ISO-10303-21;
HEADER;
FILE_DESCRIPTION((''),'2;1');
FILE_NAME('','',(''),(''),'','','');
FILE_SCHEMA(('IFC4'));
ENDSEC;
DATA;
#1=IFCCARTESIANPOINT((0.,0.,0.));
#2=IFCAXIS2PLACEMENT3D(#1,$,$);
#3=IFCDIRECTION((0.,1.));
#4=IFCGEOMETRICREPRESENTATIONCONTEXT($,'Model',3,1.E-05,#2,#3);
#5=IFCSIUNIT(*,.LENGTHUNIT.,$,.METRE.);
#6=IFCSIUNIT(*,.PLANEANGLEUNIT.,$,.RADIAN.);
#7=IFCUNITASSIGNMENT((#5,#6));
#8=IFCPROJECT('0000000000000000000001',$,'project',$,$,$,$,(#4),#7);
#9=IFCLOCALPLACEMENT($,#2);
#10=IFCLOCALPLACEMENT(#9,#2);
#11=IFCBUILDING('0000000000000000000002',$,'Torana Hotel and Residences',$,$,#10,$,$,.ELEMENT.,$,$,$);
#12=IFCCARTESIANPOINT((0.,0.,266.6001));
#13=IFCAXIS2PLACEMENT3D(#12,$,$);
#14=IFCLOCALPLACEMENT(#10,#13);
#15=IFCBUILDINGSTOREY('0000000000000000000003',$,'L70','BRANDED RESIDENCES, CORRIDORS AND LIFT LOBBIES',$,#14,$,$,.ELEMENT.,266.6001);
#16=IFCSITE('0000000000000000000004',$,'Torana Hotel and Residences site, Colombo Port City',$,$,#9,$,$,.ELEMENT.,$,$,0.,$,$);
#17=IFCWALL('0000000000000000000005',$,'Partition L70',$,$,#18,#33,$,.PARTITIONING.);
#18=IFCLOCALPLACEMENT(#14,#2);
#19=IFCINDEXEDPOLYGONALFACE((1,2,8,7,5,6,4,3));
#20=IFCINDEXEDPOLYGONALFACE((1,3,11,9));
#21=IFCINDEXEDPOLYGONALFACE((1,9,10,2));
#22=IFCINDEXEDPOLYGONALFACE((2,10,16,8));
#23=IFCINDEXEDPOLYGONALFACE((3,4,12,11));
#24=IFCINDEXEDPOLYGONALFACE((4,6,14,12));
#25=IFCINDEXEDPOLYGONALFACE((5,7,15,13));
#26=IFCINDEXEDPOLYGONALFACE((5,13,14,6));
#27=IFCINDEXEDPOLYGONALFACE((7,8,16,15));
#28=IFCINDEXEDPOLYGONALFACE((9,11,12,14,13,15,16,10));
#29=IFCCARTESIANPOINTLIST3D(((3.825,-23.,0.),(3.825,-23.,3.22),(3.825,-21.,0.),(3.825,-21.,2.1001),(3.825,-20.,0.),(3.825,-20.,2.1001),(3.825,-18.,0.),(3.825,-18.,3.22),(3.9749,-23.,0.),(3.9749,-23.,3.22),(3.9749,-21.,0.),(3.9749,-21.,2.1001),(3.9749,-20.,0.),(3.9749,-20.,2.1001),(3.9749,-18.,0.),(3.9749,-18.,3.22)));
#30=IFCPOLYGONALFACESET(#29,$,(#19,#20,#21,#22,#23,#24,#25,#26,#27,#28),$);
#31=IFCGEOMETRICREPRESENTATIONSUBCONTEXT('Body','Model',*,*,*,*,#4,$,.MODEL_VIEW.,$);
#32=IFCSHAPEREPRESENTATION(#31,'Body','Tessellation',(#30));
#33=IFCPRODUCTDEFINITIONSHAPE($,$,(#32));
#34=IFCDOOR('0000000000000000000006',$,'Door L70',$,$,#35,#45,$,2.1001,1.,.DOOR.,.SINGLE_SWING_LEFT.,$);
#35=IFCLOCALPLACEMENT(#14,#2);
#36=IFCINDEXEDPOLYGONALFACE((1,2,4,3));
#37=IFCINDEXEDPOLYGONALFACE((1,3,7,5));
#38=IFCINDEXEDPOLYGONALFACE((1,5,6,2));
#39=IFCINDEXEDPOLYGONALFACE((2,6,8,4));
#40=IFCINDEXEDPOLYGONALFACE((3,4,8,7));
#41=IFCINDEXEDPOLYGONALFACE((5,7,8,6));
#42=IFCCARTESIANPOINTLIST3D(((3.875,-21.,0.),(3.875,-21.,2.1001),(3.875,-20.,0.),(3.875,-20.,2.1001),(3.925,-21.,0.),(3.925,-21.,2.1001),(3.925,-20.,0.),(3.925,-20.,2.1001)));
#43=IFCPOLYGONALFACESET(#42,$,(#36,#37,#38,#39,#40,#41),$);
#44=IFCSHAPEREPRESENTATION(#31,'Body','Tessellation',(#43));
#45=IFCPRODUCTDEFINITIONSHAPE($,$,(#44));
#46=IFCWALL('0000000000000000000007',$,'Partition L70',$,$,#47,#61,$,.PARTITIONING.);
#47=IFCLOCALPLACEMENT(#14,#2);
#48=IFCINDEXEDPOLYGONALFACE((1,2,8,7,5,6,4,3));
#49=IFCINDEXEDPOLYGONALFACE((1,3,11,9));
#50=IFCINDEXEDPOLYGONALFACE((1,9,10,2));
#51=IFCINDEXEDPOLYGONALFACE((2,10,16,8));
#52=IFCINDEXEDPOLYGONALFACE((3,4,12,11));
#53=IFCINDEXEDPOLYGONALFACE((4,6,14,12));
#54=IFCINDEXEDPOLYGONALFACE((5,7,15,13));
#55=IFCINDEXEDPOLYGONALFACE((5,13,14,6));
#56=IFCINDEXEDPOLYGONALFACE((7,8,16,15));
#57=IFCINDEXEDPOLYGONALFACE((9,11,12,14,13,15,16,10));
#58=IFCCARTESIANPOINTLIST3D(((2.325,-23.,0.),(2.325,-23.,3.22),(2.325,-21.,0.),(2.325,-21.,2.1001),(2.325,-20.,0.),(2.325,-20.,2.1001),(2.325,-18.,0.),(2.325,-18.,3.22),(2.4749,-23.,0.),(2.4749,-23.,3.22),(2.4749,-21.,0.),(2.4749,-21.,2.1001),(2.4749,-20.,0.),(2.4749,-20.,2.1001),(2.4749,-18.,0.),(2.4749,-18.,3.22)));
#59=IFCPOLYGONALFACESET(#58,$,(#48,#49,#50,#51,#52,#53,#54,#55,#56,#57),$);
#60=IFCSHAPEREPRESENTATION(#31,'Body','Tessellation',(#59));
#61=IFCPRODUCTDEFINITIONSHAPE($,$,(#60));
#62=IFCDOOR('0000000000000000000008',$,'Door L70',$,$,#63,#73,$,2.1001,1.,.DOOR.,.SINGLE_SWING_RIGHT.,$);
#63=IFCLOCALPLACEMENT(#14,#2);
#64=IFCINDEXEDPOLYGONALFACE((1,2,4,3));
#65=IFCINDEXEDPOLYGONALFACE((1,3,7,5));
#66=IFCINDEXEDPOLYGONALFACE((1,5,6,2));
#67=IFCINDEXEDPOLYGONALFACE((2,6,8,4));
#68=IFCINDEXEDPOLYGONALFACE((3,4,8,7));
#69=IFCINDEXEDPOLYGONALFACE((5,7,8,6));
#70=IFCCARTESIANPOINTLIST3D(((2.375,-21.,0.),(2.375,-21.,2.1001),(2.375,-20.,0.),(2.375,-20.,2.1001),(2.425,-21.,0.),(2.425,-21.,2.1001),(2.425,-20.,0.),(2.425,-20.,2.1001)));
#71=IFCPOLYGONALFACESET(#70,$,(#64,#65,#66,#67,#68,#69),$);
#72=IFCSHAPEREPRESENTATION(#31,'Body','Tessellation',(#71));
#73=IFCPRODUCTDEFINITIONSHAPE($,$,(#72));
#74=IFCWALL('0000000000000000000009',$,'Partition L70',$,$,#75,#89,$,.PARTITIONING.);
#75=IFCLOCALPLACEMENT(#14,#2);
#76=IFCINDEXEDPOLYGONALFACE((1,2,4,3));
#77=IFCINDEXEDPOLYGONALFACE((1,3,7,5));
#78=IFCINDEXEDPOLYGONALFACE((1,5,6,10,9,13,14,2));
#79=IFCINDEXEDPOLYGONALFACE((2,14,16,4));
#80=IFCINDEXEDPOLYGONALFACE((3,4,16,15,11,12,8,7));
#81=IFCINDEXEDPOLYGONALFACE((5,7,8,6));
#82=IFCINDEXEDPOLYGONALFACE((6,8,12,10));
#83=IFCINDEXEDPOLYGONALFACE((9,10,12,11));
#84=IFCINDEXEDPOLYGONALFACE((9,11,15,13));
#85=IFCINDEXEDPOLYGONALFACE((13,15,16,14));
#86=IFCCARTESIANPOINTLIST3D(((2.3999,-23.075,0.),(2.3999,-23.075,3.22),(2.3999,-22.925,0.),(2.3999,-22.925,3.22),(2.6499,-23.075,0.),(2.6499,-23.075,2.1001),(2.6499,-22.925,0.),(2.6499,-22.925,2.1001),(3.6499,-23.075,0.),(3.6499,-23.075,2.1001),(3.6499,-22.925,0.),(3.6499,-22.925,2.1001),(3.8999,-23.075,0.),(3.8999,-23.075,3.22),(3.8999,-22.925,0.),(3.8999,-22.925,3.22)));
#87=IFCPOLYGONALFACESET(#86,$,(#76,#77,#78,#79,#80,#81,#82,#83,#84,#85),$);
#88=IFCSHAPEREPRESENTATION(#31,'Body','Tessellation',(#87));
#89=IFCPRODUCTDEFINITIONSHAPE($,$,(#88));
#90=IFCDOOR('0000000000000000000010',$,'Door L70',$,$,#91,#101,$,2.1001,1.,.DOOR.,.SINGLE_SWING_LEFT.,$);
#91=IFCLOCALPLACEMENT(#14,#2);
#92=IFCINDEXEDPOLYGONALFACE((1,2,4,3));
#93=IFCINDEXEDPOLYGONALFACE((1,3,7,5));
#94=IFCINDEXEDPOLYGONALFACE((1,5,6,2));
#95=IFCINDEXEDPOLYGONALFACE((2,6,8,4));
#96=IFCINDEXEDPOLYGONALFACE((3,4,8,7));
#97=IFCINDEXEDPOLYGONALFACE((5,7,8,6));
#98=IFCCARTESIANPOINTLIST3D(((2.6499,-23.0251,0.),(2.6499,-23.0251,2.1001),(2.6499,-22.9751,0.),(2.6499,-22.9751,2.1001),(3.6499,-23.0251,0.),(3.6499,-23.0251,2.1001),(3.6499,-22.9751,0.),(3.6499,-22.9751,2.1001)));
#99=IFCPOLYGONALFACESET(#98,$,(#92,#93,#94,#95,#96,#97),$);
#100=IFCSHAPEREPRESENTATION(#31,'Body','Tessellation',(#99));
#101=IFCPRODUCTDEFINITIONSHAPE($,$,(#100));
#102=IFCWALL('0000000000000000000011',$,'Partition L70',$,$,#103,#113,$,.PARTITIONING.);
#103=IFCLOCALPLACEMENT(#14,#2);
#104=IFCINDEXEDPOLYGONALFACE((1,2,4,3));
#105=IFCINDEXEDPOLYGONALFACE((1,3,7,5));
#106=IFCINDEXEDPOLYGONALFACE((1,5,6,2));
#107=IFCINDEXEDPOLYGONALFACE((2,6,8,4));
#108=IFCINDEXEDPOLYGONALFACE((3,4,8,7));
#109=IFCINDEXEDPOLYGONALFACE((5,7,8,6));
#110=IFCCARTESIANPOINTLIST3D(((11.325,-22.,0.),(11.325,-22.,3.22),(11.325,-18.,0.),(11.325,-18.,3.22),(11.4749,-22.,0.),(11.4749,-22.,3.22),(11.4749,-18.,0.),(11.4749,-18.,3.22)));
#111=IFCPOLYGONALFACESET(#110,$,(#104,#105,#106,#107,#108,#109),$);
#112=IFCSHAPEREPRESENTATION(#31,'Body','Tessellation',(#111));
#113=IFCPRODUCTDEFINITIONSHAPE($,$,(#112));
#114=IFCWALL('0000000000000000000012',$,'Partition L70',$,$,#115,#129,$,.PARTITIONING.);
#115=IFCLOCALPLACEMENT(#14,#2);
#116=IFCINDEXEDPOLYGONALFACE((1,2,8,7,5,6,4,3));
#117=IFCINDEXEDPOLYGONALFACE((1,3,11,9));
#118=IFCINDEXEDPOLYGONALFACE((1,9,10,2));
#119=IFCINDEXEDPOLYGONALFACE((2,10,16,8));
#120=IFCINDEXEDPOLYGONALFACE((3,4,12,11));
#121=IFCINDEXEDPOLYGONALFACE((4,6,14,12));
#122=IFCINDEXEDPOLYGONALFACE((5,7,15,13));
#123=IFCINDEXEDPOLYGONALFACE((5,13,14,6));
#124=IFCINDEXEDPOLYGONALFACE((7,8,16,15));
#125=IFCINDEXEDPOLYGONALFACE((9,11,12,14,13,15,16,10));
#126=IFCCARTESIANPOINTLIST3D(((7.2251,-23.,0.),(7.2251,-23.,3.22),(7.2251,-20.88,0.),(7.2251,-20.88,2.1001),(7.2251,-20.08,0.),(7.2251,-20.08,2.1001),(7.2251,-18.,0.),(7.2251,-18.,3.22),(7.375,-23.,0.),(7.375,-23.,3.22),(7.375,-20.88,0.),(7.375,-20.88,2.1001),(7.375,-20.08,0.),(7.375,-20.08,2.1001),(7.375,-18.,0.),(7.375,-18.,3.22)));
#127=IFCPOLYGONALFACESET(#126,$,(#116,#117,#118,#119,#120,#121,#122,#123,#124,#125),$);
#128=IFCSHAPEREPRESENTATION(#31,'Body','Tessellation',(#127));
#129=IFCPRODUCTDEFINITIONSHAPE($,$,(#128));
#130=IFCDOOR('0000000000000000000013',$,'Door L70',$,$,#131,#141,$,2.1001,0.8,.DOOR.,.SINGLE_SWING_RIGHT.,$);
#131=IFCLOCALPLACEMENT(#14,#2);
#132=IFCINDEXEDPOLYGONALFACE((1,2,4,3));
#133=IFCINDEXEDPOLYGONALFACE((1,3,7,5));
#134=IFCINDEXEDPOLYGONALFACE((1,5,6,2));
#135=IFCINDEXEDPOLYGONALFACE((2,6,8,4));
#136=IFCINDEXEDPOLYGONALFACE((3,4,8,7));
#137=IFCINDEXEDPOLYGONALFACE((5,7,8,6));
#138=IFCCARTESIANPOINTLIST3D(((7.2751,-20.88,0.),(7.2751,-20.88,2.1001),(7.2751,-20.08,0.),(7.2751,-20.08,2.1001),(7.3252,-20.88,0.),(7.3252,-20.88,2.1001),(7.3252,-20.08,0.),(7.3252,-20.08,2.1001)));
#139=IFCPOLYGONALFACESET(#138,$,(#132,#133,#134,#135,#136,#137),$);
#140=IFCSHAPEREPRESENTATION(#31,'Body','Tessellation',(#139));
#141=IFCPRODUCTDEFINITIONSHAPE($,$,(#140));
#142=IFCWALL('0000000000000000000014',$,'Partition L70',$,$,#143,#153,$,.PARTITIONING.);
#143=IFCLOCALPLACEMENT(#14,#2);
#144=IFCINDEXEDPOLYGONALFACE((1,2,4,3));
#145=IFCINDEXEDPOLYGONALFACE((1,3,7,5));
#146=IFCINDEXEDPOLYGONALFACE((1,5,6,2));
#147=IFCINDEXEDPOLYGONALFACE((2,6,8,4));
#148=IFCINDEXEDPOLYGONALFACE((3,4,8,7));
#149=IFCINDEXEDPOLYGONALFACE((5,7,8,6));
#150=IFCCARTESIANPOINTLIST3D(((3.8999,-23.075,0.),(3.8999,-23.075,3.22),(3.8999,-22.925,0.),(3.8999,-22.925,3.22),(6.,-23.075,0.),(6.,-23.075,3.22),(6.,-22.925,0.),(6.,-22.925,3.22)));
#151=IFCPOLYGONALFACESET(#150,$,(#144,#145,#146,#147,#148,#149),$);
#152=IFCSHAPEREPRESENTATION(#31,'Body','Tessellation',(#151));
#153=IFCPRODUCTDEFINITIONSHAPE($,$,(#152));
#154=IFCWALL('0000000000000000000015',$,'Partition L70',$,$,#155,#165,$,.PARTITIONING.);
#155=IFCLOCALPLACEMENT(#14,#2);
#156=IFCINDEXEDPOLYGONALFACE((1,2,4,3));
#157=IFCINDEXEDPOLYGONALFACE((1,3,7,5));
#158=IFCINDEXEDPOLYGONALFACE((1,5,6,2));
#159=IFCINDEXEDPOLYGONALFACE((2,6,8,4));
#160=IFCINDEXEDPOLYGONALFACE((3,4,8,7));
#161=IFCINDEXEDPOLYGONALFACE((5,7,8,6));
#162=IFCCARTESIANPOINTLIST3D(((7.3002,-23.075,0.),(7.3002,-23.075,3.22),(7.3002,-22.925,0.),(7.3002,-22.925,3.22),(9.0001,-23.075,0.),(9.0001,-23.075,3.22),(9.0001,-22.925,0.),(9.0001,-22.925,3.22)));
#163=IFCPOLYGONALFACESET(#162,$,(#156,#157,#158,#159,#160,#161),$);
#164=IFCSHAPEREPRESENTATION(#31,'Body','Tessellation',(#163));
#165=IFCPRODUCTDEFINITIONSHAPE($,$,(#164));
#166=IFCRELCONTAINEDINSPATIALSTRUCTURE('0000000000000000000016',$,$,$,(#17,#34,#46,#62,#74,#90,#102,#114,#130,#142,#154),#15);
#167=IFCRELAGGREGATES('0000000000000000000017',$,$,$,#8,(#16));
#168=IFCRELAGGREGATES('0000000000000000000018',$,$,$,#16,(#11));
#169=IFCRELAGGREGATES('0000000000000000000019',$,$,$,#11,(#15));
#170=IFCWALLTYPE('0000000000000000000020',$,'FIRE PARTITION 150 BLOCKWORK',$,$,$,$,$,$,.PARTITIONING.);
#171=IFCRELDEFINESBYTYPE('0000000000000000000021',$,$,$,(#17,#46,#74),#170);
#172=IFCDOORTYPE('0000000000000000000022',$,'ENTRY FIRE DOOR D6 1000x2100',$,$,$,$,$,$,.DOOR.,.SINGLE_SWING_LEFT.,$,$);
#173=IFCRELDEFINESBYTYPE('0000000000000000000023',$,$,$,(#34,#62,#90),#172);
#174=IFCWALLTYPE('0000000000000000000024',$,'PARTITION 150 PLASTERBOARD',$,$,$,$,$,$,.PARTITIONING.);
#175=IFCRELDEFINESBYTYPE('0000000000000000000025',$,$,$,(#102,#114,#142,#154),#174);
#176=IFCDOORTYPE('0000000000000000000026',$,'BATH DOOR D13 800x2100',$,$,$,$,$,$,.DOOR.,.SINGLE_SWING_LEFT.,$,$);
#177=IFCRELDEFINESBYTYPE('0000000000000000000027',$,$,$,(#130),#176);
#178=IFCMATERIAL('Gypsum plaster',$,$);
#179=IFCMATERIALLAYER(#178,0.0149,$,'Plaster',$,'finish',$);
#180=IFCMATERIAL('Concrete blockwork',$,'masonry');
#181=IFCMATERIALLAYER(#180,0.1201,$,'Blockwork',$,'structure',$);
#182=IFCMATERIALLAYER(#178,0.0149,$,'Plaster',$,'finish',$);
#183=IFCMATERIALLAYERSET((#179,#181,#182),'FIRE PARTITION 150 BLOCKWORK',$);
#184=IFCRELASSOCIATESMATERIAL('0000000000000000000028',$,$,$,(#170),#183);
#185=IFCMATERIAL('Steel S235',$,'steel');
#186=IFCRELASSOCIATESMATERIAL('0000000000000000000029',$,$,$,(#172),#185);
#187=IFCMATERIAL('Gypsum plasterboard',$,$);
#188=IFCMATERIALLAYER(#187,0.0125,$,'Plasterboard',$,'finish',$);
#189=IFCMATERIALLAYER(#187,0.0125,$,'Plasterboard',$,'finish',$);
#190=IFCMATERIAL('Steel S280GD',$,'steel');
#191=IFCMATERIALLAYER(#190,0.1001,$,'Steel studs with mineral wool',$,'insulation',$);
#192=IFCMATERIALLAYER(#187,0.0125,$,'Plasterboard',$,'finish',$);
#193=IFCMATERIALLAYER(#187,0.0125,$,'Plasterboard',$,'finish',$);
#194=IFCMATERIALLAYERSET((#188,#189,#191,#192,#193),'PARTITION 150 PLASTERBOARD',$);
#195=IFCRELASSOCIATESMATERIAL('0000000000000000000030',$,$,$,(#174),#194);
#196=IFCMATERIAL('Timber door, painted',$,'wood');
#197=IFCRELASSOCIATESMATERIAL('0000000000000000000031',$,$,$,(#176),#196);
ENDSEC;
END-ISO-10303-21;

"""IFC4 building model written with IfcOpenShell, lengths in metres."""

from ifc_helpers import new_model, si_unit, direction, frame, frame_2d, origin, place, context, subcontext, project, spatial, rectangle, extrude, material, layer, layer_set, type_object, element, fill, save


model = new_model("IFC4")

# Units and contexts
model_context = context("Model", 3, precision=1e-05, world=origin(), true_north=direction((0.0, 1.0)))
body_context = subcontext(model_context, "Body", "Model", "MODEL_VIEW")
ifc_project = project(units=[si_unit("LENGTHUNIT", "METRE"), si_unit("PLANEANGLEUNIT", "RADIAN")], contexts=[model_context])

# Site, building, storey
site_placement = place(None, origin())
site = spatial("IfcSite", under=ifc_project, at=site_placement, Name="Torana Hotel and Residences site, Colombo Port City", CompositionType="ELEMENT", RefElevation=0.0)
building_placement = place(site_placement, origin())
building = spatial("IfcBuilding", under=site, at=building_placement, Name="Torana Hotel and Residences", CompositionType="ELEMENT")
storey_placement = place(building_placement, frame((0.0, 0.0, 266.6001)))
storey = spatial("IfcBuildingStorey", under=building, at=storey_placement, Name="L70", Description="BRANDED RESIDENCES, CORRIDORS AND LIFT LOBBIES", CompositionType="ELEMENT", Elevation=266.6001)

# Walls, openings, doors
ifc_material_1 = material(Name="Gypsum plaster")
ifc_layer_1 = layer(ifc_material_1, 0.0149, Name="Plaster", Category="finish")
ifc_material_2 = material(Name="Concrete blockwork", Category="masonry")
ifc_layer_2 = layer(ifc_material_2, 0.1201, Name="Blockwork", Category="structure")
ifc_layer_3 = layer(ifc_material_1, 0.0149, Name="Plaster", Category="finish")
ifc_layer_set_1 = layer_set([ifc_layer_1, ifc_layer_2, ifc_layer_3], Name="FIRE PARTITION 150 BLOCKWORK")
wall_type_1 = type_object("IfcWallType", Name="FIRE PARTITION 150 BLOCKWORK", PredefinedType="PARTITIONING", material=ifc_layer_set_1)
ifc_material_3 = material(Name="Steel S235", Category="steel")
door_type_1 = type_object("IfcDoorType", Name="ENTRY FIRE DOOR D6 1000x2100", OperationType="SINGLE_SWING_LEFT", PredefinedType="DOOR", material=ifc_material_3)
wall_1_placement = place(storey_placement, frame((3.8999, -23.0, 0.0), z_axis=(0.0, 0.0, 1.0), x_axis=(0.0, 1.0, 0.0)))
wall_1 = element("IfcWall", 1, at=wall_1_placement, inside=storey, type_object=wall_type_1, Name="Partition L70", PredefinedType="PARTITIONING", context=body_context, shape_type="SweptSolid", body=[
    extrude(rectangle(XDim=5.0, YDim=0.1499, at=frame_2d((2.5, 0.0))), origin(), (0.0, 0.0, 1.0), 3.22),
])
opening_1_placement = place(wall_1_placement, frame((2.0, 0.0, 0.0)))
opening_1 = element("IfcOpeningElement", 2, at=opening_1_placement, cuts=wall_1, PredefinedType="OPENING", context=body_context, shape_type="SweptSolid", body=[
    extrude(rectangle(XDim=1.0, YDim=2.1001, at=frame_2d((0.5, 1.05))), frame((0.0, 0.085, 0.0), z_axis=(0.0, -1.0, 0.0), x_axis=(1.0, 0.0, 0.0)), (0.0, 0.0, 1.0), 0.1699),
])
door_1_placement = place(opening_1_placement, frame((0.5, 0.0, 0.0), z_axis=(0.0, 0.0, 1.0), x_axis=(-1.0, 0.0, 0.0)))
door_1 = element("IfcDoor", 3, at=door_1_placement, inside=storey, type_object=door_type_1, Name="Door L70", OperationType="SINGLE_SWING_LEFT", OverallHeight=2.1001, OverallWidth=1.0, PredefinedType="DOOR", context=body_context, shape_type="SweptSolid", body=[
    extrude(rectangle(XDim=1.0, YDim=2.1001, at=frame_2d((0.0, 1.05))), frame((0.0, -0.0249, 0.0), z_axis=(0.0, 1.0, 0.0), x_axis=(-1.0, 0.0, 0.0)), (0.0, 0.0, 1.0), 0.05),
])
fill(opening_1, door_1)
wall_2_placement = place(storey_placement, frame((2.3999, -23.0, 0.0), z_axis=(0.0, 0.0, 1.0), x_axis=(0.0, 1.0, 0.0)))
wall_2 = element("IfcWall", 4, at=wall_2_placement, inside=storey, type_object=wall_type_1, Name="Partition L70", PredefinedType="PARTITIONING", context=body_context, shape_type="SweptSolid", body=[
    extrude(rectangle(XDim=5.0, YDim=0.1499, at=frame_2d((2.5, 0.0))), origin(), (0.0, 0.0, 1.0), 3.22),
])
opening_2_placement = place(wall_2_placement, frame((2.0, 0.0, 0.0)))
opening_2 = element("IfcOpeningElement", 5, at=opening_2_placement, cuts=wall_2, PredefinedType="OPENING", context=body_context, shape_type="SweptSolid", body=[
    extrude(rectangle(XDim=1.0, YDim=2.1001, at=frame_2d((0.5, 1.05))), frame((0.0, 0.085, 0.0), z_axis=(0.0, -1.0, 0.0), x_axis=(1.0, 0.0, 0.0)), (0.0, 0.0, 1.0), 0.1699),
])
door_2_placement = place(opening_2_placement, origin())
door_2 = element("IfcDoor", 6, at=door_2_placement, inside=storey, type_object=door_type_1, Name="Door L70", OperationType="SINGLE_SWING_RIGHT", OverallHeight=2.1001, OverallWidth=1.0, PredefinedType="DOOR", context=body_context, shape_type="SweptSolid", body=[
    extrude(rectangle(XDim=1.0, YDim=2.1001, at=frame_2d((0.5, 1.05))), frame((0.0, 0.0249, 0.0), z_axis=(0.0, -1.0, 0.0), x_axis=(1.0, 0.0, 0.0)), (0.0, 0.0, 1.0), 0.05),
])
fill(opening_2, door_2)
wall_3_placement = place(storey_placement, frame((2.3999, -23.0, 0.0), z_axis=(0.0, 0.0, 1.0), x_axis=(1.0, 0.0, 0.0)))
wall_3 = element("IfcWall", 7, at=wall_3_placement, inside=storey, type_object=wall_type_1, Name="Partition L70", PredefinedType="PARTITIONING", context=body_context, shape_type="SweptSolid", body=[
    extrude(rectangle(XDim=1.5, YDim=0.1499, at=frame_2d((0.75, 0.0))), origin(), (0.0, 0.0, 1.0), 3.22),
])
opening_3_placement = place(wall_3_placement, frame((0.25, 0.0, 0.0)))
opening_3 = element("IfcOpeningElement", 8, at=opening_3_placement, cuts=wall_3, PredefinedType="OPENING", context=body_context, shape_type="SweptSolid", body=[
    extrude(rectangle(XDim=1.0, YDim=2.1001, at=frame_2d((0.5, 1.05))), frame((0.0, 0.085, 0.0), z_axis=(0.0, -1.0, 0.0), x_axis=(1.0, 0.0, 0.0)), (0.0, 0.0, 1.0), 0.1699),
])
door_3_placement = place(opening_3_placement, frame((0.5, 0.0, 0.0), z_axis=(0.0, 0.0, 1.0), x_axis=(-1.0, 0.0, 0.0)))
door_3 = element("IfcDoor", 9, at=door_3_placement, inside=storey, type_object=door_type_1, Name="Door L70", OperationType="SINGLE_SWING_LEFT", OverallHeight=2.1001, OverallWidth=1.0, PredefinedType="DOOR", context=body_context, shape_type="SweptSolid", body=[
    extrude(rectangle(XDim=1.0, YDim=2.1001, at=frame_2d((0.0, 1.05))), frame((0.0, -0.0249, 0.0), z_axis=(0.0, 1.0, 0.0), x_axis=(-1.0, 0.0, 0.0)), (0.0, 0.0, 1.0), 0.05),
])
fill(opening_3, door_3)

# Wall
ifc_material_4 = material(Name="Gypsum plasterboard")
ifc_layer_4 = layer(ifc_material_4, 0.0125, Name="Plasterboard", Category="finish")
ifc_layer_5 = layer(ifc_material_4, 0.0125, Name="Plasterboard", Category="finish")
ifc_material_5 = material(Name="Steel S280GD", Category="steel")
ifc_layer_6 = layer(ifc_material_5, 0.1001, Name="Steel studs with mineral wool", Category="insulation")
ifc_layer_7 = layer(ifc_material_4, 0.0125, Name="Plasterboard", Category="finish")
ifc_layer_8 = layer(ifc_material_4, 0.0125, Name="Plasterboard", Category="finish")
ifc_layer_set_2 = layer_set([ifc_layer_4, ifc_layer_5, ifc_layer_6, ifc_layer_7, ifc_layer_8], Name="PARTITION 150 PLASTERBOARD")
wall_type_2 = type_object("IfcWallType", Name="PARTITION 150 PLASTERBOARD", PredefinedType="PARTITIONING", material=ifc_layer_set_2)
wall_4_placement = place(storey_placement, frame((11.3999, -22.0, 0.0), z_axis=(0.0, 0.0, 1.0), x_axis=(0.0, 1.0, 0.0)))
element("IfcWall", 10, at=wall_4_placement, inside=storey, type_object=wall_type_2, Name="Partition L70", PredefinedType="PARTITIONING", context=body_context, shape_type="SweptSolid", body=[
    extrude(rectangle(XDim=4.0, YDim=0.1499, at=frame_2d((2.0, 0.0))), origin(), (0.0, 0.0, 1.0), 3.22),
])

# Wall, opening, door
wall_5_placement = place(storey_placement, frame((7.3, -23.0, 0.0), z_axis=(0.0, 0.0, 1.0), x_axis=(0.0, 1.0, 0.0)))
wall_5 = element("IfcWall", 11, at=wall_5_placement, inside=storey, type_object=wall_type_2, Name="Partition L70", PredefinedType="PARTITIONING", context=body_context, shape_type="SweptSolid", body=[
    extrude(rectangle(XDim=5.0, YDim=0.1499, at=frame_2d((2.5, 0.0))), origin(), (0.0, 0.0, 1.0), 3.22),
])
opening_4_placement = place(wall_5_placement, frame((2.1201, 0.0, 0.0)))
opening_4 = element("IfcOpeningElement", 12, at=opening_4_placement, cuts=wall_5, PredefinedType="OPENING", context=body_context, shape_type="SweptSolid", body=[
    extrude(rectangle(XDim=0.8, YDim=2.1001, at=frame_2d((0.3999, 1.05))), frame((0.0, 0.085, 0.0), z_axis=(0.0, -1.0, 0.0), x_axis=(1.0, 0.0, 0.0)), (0.0, 0.0, 1.0), 0.1699),
])
ifc_material_6 = material(Name="Timber door, painted", Category="wood")
door_type_2 = type_object("IfcDoorType", Name="BATH DOOR D13 800x2100", OperationType="SINGLE_SWING_LEFT", PredefinedType="DOOR", material=ifc_material_6)
door_4_placement = place(opening_4_placement, origin())
door_4 = element("IfcDoor", 13, at=door_4_placement, inside=storey, type_object=door_type_2, Name="Door L70", OperationType="SINGLE_SWING_RIGHT", OverallHeight=2.1001, OverallWidth=0.8, PredefinedType="DOOR", context=body_context, shape_type="SweptSolid", body=[
    extrude(rectangle(XDim=0.8, YDim=2.1001, at=frame_2d((0.3999, 1.05))), frame((0.0, 0.0249, 0.0), z_axis=(0.0, -1.0, 0.0), x_axis=(1.0, 0.0, 0.0)), (0.0, 0.0, 1.0), 0.05),
])
fill(opening_4, door_4)

# Walls
wall_6_placement = place(storey_placement, frame((3.8999, -23.0, 0.0), z_axis=(0.0, 0.0, 1.0), x_axis=(1.0, 0.0, 0.0)))
element("IfcWall", 14, at=wall_6_placement, inside=storey, type_object=wall_type_2, Name="Partition L70", PredefinedType="PARTITIONING", context=body_context, shape_type="SweptSolid", body=[
    extrude(rectangle(XDim=2.1001, YDim=0.1499, at=frame_2d((1.05, 0.0))), origin(), (0.0, 0.0, 1.0), 3.22),
])
wall_7_placement = place(storey_placement, frame((7.3, -23.0, 0.0), z_axis=(0.0, 0.0, 1.0), x_axis=(1.0, 0.0, 0.0)))
element("IfcWall", 15, at=wall_7_placement, inside=storey, type_object=wall_type_2, Name="Partition L70", PredefinedType="PARTITIONING", context=body_context, shape_type="SweptSolid", body=[
    extrude(rectangle(XDim=1.7, YDim=0.1499, at=frame_2d((0.8501, 0.0))), origin(), (0.0, 0.0, 1.0), 3.22),
])

save(model, "model.ifc")
